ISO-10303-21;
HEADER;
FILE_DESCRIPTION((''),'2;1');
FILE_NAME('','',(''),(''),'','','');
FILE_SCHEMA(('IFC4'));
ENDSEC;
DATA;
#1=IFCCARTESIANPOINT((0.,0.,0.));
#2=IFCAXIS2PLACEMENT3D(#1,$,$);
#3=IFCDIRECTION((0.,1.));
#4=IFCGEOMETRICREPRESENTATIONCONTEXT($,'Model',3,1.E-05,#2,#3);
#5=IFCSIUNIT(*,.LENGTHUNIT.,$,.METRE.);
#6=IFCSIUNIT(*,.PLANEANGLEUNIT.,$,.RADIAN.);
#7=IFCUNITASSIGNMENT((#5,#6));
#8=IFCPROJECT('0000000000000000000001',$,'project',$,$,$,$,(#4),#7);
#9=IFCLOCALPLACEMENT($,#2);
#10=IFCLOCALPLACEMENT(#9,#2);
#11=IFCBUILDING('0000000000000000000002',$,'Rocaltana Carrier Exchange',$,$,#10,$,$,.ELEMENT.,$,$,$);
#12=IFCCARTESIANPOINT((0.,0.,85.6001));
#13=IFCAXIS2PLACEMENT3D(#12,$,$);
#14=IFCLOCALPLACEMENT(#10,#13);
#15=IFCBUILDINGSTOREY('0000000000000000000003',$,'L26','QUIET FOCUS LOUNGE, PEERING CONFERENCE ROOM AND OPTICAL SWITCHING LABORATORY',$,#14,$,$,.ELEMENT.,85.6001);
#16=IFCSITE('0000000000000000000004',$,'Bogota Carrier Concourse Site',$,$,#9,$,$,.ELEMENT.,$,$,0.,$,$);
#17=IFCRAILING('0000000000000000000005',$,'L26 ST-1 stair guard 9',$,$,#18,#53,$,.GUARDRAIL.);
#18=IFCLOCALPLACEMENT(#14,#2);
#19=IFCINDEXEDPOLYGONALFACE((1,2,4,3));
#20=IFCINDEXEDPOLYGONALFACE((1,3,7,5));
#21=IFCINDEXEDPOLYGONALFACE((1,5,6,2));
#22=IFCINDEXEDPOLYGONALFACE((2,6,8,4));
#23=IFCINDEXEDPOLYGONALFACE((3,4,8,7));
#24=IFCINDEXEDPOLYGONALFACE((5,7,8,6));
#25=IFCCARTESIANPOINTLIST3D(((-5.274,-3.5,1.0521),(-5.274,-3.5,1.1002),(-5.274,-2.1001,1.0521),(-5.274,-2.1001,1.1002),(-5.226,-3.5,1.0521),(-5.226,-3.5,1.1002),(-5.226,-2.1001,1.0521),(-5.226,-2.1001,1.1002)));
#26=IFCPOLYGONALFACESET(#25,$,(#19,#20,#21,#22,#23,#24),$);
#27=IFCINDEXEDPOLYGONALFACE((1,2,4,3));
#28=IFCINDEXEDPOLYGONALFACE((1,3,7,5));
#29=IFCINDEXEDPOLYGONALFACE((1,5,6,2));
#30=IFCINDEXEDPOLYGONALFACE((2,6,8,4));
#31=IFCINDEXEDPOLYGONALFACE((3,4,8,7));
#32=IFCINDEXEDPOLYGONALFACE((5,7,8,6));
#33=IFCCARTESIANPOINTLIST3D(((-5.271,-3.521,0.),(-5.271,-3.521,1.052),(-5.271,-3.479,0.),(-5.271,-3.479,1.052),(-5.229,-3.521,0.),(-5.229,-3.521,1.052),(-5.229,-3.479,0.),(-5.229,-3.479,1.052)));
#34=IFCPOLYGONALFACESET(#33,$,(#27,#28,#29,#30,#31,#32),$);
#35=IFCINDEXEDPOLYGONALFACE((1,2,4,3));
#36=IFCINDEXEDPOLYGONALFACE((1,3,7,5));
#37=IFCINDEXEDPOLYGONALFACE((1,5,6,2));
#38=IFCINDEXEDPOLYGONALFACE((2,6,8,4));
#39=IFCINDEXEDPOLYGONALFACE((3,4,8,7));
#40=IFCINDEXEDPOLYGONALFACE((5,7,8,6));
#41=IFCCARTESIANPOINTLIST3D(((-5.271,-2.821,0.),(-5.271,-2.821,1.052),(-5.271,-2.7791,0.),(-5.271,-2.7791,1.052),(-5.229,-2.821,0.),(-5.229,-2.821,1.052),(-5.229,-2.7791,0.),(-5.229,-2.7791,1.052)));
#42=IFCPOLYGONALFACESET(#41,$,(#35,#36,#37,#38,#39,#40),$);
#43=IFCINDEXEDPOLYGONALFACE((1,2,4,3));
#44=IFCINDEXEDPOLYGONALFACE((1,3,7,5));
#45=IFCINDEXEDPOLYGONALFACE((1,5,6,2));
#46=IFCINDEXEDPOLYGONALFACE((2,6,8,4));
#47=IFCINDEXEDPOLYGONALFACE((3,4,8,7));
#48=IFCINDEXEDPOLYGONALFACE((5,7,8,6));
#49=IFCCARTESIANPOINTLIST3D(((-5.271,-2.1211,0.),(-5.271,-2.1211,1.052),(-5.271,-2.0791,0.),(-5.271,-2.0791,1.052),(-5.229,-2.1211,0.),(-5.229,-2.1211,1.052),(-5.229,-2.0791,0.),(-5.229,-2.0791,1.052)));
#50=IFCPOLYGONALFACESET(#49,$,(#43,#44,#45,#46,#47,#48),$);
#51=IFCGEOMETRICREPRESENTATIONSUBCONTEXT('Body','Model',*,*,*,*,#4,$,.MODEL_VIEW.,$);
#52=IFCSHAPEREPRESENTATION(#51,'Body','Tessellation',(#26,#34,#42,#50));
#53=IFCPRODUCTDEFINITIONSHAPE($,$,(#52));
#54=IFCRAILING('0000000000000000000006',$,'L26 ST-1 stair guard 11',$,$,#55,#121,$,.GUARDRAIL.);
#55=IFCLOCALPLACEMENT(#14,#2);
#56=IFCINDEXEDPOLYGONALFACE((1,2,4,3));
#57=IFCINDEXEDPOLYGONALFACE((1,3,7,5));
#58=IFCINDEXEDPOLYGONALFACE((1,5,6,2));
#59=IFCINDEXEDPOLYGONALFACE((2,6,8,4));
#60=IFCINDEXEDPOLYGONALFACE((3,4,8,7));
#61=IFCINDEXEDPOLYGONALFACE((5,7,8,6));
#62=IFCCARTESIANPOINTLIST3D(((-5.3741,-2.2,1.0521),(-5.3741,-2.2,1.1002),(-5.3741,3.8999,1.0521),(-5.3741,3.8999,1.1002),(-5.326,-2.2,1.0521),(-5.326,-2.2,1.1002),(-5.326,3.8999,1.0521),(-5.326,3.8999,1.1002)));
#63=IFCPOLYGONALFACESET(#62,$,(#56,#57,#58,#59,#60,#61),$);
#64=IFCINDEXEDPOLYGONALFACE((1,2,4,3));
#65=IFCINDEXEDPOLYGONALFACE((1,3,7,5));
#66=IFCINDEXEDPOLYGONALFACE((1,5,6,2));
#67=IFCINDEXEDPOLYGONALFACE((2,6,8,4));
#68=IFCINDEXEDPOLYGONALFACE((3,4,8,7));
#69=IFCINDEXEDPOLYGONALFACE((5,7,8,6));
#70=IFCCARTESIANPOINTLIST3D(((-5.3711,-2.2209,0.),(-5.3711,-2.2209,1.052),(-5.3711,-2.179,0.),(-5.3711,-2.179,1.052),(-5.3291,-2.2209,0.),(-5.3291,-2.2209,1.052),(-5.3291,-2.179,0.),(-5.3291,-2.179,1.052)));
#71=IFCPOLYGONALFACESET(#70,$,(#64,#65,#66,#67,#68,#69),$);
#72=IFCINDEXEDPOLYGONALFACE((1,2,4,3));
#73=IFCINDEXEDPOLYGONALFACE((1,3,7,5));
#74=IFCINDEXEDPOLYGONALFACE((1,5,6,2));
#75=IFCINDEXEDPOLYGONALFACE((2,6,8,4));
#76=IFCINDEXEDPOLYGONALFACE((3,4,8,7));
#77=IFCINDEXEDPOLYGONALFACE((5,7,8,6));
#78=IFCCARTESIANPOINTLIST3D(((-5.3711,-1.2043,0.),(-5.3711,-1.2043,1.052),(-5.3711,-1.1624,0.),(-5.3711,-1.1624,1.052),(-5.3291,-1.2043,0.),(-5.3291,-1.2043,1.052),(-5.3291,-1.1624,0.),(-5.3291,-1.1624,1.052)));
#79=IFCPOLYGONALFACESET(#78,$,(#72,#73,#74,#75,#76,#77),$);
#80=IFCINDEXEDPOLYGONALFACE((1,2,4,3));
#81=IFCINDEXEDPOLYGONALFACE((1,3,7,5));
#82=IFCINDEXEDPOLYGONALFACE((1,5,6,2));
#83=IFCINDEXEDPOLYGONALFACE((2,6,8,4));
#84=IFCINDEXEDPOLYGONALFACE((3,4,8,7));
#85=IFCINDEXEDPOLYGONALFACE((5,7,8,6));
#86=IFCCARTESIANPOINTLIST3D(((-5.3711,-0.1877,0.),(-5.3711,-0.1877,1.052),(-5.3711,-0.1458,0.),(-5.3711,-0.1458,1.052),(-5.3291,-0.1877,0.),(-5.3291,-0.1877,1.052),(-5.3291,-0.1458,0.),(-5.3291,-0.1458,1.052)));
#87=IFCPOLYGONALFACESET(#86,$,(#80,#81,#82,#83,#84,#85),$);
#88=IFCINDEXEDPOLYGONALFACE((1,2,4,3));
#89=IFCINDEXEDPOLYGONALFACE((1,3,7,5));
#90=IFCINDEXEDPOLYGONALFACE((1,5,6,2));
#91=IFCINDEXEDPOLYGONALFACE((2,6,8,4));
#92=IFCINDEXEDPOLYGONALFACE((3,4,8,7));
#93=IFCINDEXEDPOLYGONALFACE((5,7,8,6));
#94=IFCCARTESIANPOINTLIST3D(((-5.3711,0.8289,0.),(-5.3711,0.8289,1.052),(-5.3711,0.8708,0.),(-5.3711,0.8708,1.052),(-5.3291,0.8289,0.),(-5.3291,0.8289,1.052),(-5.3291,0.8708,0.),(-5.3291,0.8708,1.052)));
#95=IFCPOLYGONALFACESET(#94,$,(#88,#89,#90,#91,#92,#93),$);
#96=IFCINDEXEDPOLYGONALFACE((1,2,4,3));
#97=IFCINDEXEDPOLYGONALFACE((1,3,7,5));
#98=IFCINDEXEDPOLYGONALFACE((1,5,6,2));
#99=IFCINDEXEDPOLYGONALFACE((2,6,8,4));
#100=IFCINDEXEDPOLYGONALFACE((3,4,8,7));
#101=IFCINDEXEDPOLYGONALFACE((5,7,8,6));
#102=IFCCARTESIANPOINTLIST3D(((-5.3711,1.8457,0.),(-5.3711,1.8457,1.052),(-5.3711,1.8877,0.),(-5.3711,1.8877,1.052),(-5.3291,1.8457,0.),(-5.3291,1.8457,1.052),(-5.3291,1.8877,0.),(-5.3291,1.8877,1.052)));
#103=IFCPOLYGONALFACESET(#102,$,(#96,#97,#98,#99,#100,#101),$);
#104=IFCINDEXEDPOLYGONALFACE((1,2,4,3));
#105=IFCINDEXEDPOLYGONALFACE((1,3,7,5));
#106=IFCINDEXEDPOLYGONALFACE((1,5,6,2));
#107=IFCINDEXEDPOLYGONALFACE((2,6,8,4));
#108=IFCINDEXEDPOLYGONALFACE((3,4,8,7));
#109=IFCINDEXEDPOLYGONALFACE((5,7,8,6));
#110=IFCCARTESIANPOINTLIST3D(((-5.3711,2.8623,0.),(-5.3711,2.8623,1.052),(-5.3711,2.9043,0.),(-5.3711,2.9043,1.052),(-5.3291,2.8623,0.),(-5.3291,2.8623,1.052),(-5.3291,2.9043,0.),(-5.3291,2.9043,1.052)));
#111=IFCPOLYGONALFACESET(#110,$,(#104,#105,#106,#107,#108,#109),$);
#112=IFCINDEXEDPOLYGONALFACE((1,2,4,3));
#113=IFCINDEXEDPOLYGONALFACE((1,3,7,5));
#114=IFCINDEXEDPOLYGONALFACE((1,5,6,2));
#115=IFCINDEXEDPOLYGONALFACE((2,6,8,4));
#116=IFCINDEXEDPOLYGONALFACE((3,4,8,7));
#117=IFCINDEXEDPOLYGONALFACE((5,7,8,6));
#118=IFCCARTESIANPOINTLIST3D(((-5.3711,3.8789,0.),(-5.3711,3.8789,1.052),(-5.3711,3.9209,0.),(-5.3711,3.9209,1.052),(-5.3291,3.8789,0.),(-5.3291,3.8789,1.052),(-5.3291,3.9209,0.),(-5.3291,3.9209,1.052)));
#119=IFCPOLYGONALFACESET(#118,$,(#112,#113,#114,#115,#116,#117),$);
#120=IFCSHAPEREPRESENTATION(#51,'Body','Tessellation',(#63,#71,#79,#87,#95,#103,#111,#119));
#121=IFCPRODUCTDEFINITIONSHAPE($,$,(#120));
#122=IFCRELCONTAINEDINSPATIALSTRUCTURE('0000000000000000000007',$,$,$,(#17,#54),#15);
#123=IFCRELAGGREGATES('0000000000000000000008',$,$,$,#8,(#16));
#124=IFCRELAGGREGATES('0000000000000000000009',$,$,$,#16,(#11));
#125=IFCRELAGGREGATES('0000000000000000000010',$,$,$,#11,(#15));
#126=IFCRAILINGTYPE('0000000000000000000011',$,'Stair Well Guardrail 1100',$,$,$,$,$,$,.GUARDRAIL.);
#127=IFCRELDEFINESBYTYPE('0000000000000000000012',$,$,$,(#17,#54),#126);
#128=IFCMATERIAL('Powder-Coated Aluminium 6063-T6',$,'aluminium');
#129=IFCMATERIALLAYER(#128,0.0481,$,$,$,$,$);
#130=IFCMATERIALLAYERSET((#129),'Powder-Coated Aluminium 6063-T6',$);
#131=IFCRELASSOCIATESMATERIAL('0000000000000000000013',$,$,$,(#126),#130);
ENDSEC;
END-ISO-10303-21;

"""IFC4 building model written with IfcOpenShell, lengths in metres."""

from ifc_helpers import new_model, si_unit, direction, frame, origin, origin_2d, place, context, subcontext, project, spatial, rectangle, extrude, material, layer, layer_set, type_object, element, save


model = new_model("IFC4")

# Units and contexts
model_context = context("Model", 3, precision=1e-05, world=origin(), true_north=direction((0.0, 1.0)))
body_context = subcontext(model_context, "Body", "Model", "MODEL_VIEW")
ifc_project = project(units=[si_unit("LENGTHUNIT", "METRE"), si_unit("PLANEANGLEUNIT", "RADIAN")], contexts=[model_context])

# Site, building, storey
site_placement = place(None, origin())
site = spatial("IfcSite", under=ifc_project, at=site_placement, Name="Bogota Carrier Concourse Site", CompositionType="ELEMENT", RefElevation=0.0)
building_placement = place(site_placement, origin())
building = spatial("IfcBuilding", under=site, at=building_placement, Name="Rocaltana Carrier Exchange", CompositionType="ELEMENT")
storey_placement = place(building_placement, frame((0.0, 0.0, 85.6001)))
storey = spatial("IfcBuildingStorey", under=building, at=storey_placement, Name="L26", Description="QUIET FOCUS LOUNGE, PEERING CONFERENCE ROOM AND OPTICAL SWITCHING LABORATORY", CompositionType="ELEMENT", Elevation=85.6001)

# Railings
ifc_material_1 = material(Name="Powder-Coated Aluminium 6063-T6", Category="aluminium")
ifc_layer_1 = layer(ifc_material_1, 0.0481)
ifc_layer_set_1 = layer_set([ifc_layer_1], Name="Powder-Coated Aluminium 6063-T6")
railing_type_1 = type_object("IfcRailingType", Name="Stair Well Guardrail 1100", PredefinedType="GUARDRAIL", material=ifc_layer_set_1)
for number, where, name in (
    (1, (-5.25, -3.5, 0.0), "L26 ST-1 stair guard 9"),
):
    element("IfcRailing", number, at=place(storey_placement, frame(where)), inside=storey, type_object=railing_type_1, Name=name, PredefinedType="GUARDRAIL", context=body_context, shape_type="SweptSolid", body=[
        extrude(rectangle(XDim=0.0481, YDim=0.0481, at=origin_2d()), frame((0.0, 0.0, 1.0762), z_axis=(0.0, 1.0, 0.0), x_axis=(-1.0, 0.0, 0.0)), (0.0, 0.0, 1.0), 1.3999),
        extrude(rectangle(XDim=0.042, YDim=0.042, at=origin_2d()), origin(), (0.0, 0.0, 1.0), 1.052),
        extrude(rectangle(XDim=0.042, YDim=0.042, at=origin_2d()), frame((0.0, 0.7, 0.0)), (0.0, 0.0, 1.0), 1.052),
        extrude(rectangle(XDim=0.042, YDim=0.042, at=origin_2d()), frame((0.0, 1.3999, 0.0)), (0.0, 0.0, 1.0), 1.052),
    ])
railing_1_placement = place(storey_placement, frame((-5.3501, -2.2, 0.0)))
element("IfcRailing", 2, at=railing_1_placement, inside=storey, type_object=railing_type_1, Name="L26 ST-1 stair guard 11", PredefinedType="GUARDRAIL", context=body_context, shape_type="SweptSolid", body=[
    extrude(rectangle(XDim=0.0481, YDim=0.0481, at=origin_2d()), frame((0.0, 0.0, 1.0762), z_axis=(0.0, 1.0, 0.0), x_axis=(-1.0, 0.0, 0.0)), (0.0, 0.0, 1.0), 6.0999),
    extrude(rectangle(XDim=0.042, YDim=0.042, at=origin_2d()), origin(), (0.0, 0.0, 1.0), 1.052),
    extrude(rectangle(XDim=0.042, YDim=0.042, at=origin_2d()), frame((0.0, 1.0166, 0.0)), (0.0, 0.0, 1.0), 1.052),
    extrude(rectangle(XDim=0.042, YDim=0.042, at=origin_2d()), frame((0.0, 2.0332, 0.0)), (0.0, 0.0, 1.0), 1.052),
    extrude(rectangle(XDim=0.042, YDim=0.042, at=origin_2d()), frame((0.0, 3.0498, 0.0)), (0.0, 0.0, 1.0), 1.052),
    extrude(rectangle(XDim=0.042, YDim=0.042, at=origin_2d()), frame((0.0, 4.0667, 0.0)), (0.0, 0.0, 1.0), 1.052),
    extrude(rectangle(XDim=0.042, YDim=0.042, at=origin_2d()), frame((0.0, 5.0833, 0.0)), (0.0, 0.0, 1.0), 1.052),
    extrude(rectangle(XDim=0.042, YDim=0.042, at=origin_2d()), frame((0.0, 6.0999, 0.0)), (0.0, 0.0, 1.0), 1.052),
])

save(model, "model.ifc")
